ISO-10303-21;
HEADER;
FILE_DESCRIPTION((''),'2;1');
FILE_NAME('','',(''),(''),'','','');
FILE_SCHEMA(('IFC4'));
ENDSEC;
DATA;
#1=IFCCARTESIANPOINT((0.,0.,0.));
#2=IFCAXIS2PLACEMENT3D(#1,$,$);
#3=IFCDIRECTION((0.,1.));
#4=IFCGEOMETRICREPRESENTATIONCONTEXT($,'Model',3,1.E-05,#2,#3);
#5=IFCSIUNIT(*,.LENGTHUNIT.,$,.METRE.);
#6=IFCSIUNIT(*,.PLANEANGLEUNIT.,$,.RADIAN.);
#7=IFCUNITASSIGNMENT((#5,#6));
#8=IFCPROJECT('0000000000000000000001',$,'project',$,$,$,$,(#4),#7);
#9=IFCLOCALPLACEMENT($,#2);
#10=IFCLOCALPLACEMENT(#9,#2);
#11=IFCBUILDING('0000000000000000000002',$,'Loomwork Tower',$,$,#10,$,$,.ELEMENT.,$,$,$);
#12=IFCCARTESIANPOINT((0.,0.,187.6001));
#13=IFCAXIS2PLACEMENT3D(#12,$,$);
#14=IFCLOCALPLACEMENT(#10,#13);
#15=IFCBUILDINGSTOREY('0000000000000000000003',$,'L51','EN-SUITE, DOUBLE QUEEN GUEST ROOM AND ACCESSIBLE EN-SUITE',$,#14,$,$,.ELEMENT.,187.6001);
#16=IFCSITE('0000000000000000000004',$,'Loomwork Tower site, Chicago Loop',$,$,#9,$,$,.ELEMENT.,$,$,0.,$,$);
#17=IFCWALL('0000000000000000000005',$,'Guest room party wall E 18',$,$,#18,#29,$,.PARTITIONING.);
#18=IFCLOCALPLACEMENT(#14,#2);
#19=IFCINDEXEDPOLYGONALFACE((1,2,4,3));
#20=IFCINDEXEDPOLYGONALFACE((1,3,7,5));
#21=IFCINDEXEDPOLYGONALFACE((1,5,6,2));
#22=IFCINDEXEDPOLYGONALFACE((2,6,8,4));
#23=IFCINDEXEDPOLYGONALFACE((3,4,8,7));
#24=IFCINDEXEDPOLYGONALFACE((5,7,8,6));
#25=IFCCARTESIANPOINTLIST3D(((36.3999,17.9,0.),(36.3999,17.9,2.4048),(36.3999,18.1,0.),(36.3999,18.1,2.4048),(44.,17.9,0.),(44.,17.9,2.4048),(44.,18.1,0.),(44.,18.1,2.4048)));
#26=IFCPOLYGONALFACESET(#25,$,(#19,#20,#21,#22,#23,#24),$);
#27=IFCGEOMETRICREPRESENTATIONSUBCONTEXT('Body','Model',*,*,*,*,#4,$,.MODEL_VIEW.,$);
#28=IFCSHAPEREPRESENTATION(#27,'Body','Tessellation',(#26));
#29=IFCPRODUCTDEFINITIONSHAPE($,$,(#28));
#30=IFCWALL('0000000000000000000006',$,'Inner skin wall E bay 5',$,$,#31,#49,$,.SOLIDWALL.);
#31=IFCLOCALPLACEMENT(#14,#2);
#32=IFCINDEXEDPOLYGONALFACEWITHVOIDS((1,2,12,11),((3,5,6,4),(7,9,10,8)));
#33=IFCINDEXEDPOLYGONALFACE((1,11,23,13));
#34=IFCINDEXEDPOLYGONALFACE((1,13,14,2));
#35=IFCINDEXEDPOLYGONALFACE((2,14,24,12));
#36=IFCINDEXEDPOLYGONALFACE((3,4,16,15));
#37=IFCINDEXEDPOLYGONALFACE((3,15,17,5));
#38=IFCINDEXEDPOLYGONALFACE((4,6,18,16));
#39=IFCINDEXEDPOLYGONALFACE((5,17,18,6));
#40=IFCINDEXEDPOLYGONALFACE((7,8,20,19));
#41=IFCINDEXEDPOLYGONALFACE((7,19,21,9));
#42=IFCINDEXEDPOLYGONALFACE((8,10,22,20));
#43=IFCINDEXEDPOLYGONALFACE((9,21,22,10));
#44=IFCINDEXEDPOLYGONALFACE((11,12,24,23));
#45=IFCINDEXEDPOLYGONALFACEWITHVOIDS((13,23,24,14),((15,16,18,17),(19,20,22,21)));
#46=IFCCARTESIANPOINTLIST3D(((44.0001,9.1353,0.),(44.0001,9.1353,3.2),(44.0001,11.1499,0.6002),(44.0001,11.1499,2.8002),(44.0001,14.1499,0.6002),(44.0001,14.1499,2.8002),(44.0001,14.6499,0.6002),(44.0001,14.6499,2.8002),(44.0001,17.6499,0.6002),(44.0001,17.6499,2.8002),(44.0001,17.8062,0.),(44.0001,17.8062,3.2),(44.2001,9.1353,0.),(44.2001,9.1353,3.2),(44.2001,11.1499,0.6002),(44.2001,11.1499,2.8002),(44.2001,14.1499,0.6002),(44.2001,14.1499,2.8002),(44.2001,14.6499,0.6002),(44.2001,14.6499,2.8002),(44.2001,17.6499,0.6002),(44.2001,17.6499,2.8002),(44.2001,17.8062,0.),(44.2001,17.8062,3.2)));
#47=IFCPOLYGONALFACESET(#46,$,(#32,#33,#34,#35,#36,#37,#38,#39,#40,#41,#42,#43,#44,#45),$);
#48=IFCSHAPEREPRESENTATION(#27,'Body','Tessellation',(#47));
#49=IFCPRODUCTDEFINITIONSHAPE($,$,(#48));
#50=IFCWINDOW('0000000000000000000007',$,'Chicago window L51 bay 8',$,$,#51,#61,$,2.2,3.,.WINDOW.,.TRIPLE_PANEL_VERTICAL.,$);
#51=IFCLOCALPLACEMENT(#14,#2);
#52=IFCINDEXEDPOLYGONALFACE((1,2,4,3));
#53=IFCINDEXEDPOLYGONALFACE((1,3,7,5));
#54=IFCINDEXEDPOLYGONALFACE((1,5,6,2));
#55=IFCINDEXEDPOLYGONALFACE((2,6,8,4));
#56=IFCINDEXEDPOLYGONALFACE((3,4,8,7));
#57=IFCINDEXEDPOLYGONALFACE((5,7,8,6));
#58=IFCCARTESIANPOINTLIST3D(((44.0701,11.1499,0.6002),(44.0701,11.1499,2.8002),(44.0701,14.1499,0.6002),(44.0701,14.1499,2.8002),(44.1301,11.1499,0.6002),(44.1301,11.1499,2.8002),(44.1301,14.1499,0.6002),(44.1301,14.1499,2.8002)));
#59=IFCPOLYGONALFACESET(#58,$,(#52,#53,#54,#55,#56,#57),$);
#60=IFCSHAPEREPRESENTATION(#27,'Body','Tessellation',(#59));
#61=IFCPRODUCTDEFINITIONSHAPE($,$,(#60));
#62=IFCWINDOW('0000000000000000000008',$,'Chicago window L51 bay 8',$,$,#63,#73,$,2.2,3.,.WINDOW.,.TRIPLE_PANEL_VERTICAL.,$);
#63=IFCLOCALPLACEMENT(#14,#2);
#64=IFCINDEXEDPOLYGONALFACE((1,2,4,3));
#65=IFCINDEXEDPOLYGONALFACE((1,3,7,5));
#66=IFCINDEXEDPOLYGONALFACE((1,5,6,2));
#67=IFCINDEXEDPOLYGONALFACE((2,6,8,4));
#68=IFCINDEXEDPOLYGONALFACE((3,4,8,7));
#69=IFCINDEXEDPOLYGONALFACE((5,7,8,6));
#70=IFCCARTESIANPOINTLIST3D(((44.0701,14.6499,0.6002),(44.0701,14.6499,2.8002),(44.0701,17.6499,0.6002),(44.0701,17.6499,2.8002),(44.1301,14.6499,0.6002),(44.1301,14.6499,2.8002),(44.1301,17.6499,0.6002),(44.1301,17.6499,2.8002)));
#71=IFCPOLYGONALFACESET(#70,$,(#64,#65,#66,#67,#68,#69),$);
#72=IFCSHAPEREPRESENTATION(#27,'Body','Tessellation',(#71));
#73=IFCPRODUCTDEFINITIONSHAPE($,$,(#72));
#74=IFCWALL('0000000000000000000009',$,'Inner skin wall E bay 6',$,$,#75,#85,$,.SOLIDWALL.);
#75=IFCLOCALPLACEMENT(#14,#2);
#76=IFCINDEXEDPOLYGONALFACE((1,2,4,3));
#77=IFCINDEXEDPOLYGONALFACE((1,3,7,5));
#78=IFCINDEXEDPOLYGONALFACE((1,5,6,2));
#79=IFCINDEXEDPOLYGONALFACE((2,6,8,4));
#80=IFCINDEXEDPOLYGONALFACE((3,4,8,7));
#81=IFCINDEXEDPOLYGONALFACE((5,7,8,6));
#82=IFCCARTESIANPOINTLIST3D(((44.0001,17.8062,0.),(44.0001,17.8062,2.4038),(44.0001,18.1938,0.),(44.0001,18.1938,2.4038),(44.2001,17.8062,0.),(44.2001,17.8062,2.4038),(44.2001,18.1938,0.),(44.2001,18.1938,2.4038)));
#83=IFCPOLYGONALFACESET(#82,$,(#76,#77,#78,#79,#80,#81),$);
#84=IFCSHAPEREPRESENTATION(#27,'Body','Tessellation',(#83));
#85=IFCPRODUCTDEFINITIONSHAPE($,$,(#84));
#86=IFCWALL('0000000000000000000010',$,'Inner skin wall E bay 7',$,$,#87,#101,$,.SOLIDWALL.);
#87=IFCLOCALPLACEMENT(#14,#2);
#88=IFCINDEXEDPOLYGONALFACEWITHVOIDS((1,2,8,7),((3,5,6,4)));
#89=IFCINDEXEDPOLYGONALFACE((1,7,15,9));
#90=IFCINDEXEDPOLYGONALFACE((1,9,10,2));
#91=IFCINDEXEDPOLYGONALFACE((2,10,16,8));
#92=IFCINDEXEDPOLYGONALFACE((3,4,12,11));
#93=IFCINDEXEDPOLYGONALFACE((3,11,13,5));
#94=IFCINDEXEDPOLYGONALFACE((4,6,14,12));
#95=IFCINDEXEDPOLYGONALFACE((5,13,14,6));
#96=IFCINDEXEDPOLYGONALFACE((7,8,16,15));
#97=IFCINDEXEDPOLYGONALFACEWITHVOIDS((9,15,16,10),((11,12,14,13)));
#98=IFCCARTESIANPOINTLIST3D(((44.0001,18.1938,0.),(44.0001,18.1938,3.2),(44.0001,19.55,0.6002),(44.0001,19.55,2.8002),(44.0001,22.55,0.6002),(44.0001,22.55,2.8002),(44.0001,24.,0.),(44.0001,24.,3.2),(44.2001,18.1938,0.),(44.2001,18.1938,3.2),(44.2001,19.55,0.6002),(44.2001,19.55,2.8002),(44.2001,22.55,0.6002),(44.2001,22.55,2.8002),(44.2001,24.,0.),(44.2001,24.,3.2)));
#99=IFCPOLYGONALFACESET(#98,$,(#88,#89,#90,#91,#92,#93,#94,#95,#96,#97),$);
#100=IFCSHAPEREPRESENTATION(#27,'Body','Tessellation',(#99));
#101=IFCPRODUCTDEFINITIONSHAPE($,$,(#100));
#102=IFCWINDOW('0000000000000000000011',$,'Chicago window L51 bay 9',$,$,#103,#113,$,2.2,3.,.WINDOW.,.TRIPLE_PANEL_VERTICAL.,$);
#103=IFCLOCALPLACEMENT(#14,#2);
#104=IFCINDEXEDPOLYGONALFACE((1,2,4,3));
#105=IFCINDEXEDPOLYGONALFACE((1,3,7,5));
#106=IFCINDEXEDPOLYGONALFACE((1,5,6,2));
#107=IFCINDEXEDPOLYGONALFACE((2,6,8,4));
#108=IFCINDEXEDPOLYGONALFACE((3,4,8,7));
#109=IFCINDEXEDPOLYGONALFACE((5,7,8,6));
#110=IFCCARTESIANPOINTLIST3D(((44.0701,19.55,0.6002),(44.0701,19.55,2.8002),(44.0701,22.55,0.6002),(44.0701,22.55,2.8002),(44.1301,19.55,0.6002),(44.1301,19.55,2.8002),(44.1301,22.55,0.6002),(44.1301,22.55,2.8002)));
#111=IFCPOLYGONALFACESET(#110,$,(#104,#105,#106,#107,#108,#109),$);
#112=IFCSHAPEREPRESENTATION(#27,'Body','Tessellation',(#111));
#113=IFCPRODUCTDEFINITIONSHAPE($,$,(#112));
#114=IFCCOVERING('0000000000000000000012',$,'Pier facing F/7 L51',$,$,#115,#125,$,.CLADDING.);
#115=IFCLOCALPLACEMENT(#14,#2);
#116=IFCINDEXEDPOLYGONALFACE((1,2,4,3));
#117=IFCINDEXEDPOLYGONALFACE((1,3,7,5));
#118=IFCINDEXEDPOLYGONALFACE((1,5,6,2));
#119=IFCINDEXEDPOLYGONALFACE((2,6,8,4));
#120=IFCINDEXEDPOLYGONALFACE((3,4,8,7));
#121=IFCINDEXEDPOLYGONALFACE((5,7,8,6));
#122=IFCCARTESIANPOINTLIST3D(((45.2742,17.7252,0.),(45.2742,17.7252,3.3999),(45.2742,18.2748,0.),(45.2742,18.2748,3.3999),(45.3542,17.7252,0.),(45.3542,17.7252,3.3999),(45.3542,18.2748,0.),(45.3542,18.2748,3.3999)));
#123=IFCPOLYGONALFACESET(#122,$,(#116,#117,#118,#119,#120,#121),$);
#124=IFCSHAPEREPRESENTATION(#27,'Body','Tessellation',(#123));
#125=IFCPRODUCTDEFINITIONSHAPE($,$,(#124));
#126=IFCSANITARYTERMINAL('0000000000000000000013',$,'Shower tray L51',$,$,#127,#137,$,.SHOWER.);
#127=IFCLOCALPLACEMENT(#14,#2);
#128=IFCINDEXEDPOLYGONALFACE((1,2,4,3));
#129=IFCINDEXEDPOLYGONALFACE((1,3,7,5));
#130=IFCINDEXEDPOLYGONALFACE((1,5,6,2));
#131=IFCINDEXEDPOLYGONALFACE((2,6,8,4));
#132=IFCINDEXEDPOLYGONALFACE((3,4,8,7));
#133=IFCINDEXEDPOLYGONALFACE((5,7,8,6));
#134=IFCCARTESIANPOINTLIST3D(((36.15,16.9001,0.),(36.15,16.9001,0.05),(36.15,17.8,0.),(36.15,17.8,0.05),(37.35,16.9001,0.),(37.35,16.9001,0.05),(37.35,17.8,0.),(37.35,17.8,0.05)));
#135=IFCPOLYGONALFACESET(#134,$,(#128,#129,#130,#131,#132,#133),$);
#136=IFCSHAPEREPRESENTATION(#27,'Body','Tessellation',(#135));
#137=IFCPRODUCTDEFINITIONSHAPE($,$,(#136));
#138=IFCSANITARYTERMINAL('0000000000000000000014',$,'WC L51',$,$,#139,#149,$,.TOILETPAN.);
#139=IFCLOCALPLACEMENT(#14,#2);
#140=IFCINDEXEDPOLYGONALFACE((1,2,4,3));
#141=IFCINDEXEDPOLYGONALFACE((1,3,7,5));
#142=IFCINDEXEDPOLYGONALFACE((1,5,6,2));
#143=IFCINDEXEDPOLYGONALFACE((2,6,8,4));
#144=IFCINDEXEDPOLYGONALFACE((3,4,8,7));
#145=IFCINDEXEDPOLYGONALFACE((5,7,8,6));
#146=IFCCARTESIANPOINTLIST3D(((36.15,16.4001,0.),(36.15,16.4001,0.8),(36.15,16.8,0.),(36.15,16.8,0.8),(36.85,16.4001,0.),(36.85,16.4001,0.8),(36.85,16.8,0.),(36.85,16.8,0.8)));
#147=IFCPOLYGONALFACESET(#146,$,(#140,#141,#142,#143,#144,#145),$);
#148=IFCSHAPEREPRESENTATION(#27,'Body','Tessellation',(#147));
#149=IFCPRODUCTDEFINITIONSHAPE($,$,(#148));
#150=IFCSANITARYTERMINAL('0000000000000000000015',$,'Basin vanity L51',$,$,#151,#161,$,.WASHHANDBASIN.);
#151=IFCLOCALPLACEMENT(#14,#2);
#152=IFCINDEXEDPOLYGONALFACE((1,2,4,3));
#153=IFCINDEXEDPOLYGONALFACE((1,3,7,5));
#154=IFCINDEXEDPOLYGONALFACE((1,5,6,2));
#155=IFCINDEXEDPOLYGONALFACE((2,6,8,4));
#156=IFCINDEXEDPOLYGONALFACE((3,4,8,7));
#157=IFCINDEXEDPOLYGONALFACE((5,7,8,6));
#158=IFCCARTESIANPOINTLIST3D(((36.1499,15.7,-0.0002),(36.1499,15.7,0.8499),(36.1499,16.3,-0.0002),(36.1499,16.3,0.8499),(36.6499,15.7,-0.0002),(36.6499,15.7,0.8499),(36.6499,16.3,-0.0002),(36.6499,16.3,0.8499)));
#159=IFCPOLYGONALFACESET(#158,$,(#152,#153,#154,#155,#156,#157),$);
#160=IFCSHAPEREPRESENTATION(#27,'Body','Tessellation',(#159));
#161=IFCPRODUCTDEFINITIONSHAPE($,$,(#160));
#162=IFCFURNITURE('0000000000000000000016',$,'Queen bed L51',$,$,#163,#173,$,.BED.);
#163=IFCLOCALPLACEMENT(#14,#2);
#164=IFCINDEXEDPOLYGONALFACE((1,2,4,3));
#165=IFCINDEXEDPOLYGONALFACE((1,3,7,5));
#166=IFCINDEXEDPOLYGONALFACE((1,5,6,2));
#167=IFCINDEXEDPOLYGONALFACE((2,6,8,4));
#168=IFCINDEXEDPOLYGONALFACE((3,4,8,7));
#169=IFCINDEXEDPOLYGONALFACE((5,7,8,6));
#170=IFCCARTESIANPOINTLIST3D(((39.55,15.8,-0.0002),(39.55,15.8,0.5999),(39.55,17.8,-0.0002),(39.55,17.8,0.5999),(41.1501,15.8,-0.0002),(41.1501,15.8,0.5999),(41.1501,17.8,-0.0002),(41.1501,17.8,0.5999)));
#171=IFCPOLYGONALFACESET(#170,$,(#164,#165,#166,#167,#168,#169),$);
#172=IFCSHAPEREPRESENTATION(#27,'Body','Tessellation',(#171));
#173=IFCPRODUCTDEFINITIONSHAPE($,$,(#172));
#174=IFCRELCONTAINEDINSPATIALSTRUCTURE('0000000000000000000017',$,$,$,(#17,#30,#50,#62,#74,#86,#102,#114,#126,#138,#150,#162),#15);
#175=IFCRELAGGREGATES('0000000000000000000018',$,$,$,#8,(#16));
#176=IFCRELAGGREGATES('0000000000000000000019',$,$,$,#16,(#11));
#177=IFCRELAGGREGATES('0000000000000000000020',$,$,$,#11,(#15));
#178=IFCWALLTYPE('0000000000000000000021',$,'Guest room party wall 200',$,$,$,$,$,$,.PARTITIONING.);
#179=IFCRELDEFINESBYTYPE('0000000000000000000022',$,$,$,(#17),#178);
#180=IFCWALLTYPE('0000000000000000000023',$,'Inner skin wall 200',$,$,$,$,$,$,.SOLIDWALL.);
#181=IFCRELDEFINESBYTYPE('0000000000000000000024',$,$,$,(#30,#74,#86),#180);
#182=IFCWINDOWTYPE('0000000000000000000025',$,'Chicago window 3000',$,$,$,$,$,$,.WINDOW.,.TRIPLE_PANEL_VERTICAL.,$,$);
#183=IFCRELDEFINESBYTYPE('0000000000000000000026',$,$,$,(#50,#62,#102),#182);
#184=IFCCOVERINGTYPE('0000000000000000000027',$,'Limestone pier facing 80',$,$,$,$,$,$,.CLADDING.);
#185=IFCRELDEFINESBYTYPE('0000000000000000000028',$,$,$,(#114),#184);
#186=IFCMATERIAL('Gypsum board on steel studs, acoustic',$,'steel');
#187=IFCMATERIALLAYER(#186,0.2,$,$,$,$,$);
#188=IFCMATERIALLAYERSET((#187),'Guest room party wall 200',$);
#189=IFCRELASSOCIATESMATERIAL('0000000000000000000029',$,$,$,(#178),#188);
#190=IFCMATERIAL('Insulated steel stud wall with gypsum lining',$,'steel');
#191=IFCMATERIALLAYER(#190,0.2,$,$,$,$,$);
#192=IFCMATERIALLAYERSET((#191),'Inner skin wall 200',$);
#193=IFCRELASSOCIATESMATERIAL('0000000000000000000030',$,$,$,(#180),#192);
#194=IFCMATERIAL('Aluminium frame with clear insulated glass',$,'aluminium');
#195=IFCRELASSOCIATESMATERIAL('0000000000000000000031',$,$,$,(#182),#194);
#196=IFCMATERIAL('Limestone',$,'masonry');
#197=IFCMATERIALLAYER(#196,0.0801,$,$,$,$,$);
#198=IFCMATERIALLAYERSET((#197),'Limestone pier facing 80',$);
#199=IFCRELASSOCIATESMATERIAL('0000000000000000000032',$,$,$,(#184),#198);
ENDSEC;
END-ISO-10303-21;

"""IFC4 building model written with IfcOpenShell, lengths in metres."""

from ifc_helpers import new_model, si_unit, direction, frame, frame_2d, origin, origin_2d, place, context, subcontext, project, spatial, rectangle, extrude, material, layer, layer_set, type_object, element, fill, save


model = new_model("IFC4")

# Units and contexts
model_context = context("Model", 3, precision=1e-05, world=origin(), true_north=direction((0.0, 1.0)))
body_context = subcontext(model_context, "Body", "Model", "MODEL_VIEW")
ifc_project = project(units=[si_unit("LENGTHUNIT", "METRE"), si_unit("PLANEANGLEUNIT", "RADIAN")], contexts=[model_context])

# Site, building, storey
site_placement = place(None, origin())
site = spatial("IfcSite", under=ifc_project, at=site_placement, Name="Loomwork Tower site, Chicago Loop", CompositionType="ELEMENT", RefElevation=0.0)
building_placement = place(site_placement, origin())
building = spatial("IfcBuilding", under=site, at=building_placement, Name="Loomwork Tower", CompositionType="ELEMENT")
storey_placement = place(building_placement, frame((0.0, 0.0, 187.6001)))
storey = spatial("IfcBuildingStorey", under=building, at=storey_placement, Name="L51", Description="EN-SUITE, DOUBLE QUEEN GUEST ROOM AND ACCESSIBLE EN-SUITE", CompositionType="ELEMENT", Elevation=187.6001)

# Wall
ifc_material_1 = material(Name="Gypsum board on steel studs, acoustic", Category="steel")
ifc_layer_1 = layer(ifc_material_1, 0.2)
ifc_layer_set_1 = layer_set([ifc_layer_1], Name="Guest room party wall 200")
wall_type_1 = type_object("IfcWallType", Name="Guest room party wall 200", PredefinedType="PARTITIONING", material=ifc_layer_set_1)
wall_1_placement = place(storey_placement, frame((36.3999, 18.0, 0.0), z_axis=(0.0, 0.0, 1.0), x_axis=(1.0, 0.0, 0.0)))
element("IfcWall", 1, at=wall_1_placement, inside=storey, type_object=wall_type_1, Name="Guest room party wall E 18", PredefinedType="PARTITIONING", context=body_context, shape_type="SweptSolid", body=[
    extrude(rectangle(XDim=7.6001, YDim=0.2, at=frame_2d((3.8, 0.0))), origin(), (0.0, 0.0, 1.0), 2.4048),
])

# Wall, openings, windows
ifc_material_2 = material(Name="Insulated steel stud wall with gypsum lining", Category="steel")
ifc_layer_2 = layer(ifc_material_2, 0.2)
ifc_layer_set_2 = layer_set([ifc_layer_2], Name="Inner skin wall 200")
wall_type_2 = type_object("IfcWallType", Name="Inner skin wall 200", PredefinedType="SOLIDWALL", material=ifc_layer_set_2)
wall_2_placement = place(storey_placement, frame((44.1001, 9.1353, 0.0), z_axis=(0.0, 0.0, 1.0), x_axis=(0.0, 1.0, 0.0)))
wall_2 = element("IfcWall", 2, at=wall_2_placement, inside=storey, type_object=wall_type_2, Name="Inner skin wall E bay 5", PredefinedType="SOLIDWALL", context=body_context, shape_type="SweptSolid", body=[
    extrude(rectangle(XDim=8.6709, YDim=0.2, at=frame_2d((4.3354, 0.0))), origin(), (0.0, 0.0, 1.0), 3.2),
])
opening_1_placement = place(wall_2_placement, frame((2.0146, 0.0, 0.6001)))
opening_1 = element("IfcOpeningElement", 3, at=opening_1_placement, cuts=wall_2, PredefinedType="OPENING", context=body_context, shape_type="SweptSolid", body=[
    extrude(rectangle(XDim=3.0, YDim=2.2, at=frame_2d((1.5, 1.1001))), frame((0.0, 0.1099, 0.0), z_axis=(0.0, -1.0, 0.0), x_axis=(1.0, 0.0, 0.0)), (0.0, 0.0, 1.0), 0.22),
])
opening_2_placement = place(wall_2_placement, frame((5.5146, 0.0, 0.6001)))
opening_2 = element("IfcOpeningElement", 4, at=opening_2_placement, cuts=wall_2, PredefinedType="OPENING", context=body_context, shape_type="SweptSolid", body=[
    extrude(rectangle(XDim=3.0, YDim=2.2, at=frame_2d((1.5, 1.1001))), frame((0.0, 0.1099, 0.0), z_axis=(0.0, -1.0, 0.0), x_axis=(1.0, 0.0, 0.0)), (0.0, 0.0, 1.0), 0.22),
])
ifc_material_3 = material(Name="Aluminium frame with clear insulated glass", Category="aluminium")
window_type = type_object("IfcWindowType", Name="Chicago window 3000", PartitioningType="TRIPLE_PANEL_VERTICAL", PredefinedType="WINDOW", material=ifc_material_3)
window_1_placement = place(opening_1_placement, origin())
window_1 = element("IfcWindow", 5, at=window_1_placement, inside=storey, type_object=window_type, Name="Chicago window L51 bay 8", OverallHeight=2.2, OverallWidth=3.0, PartitioningType="TRIPLE_PANEL_VERTICAL", PredefinedType="WINDOW", context=body_context, shape_type="SweptSolid", body=[
    extrude(rectangle(XDim=3.0, YDim=2.2, at=frame_2d((1.5, 1.1001))), frame((0.0, 0.03, 0.0), z_axis=(0.0, -1.0, 0.0), x_axis=(1.0, 0.0, 0.0)), (0.0, 0.0, 1.0), 0.0601),
])
fill(opening_1, window_1)
window_2_placement = place(opening_2_placement, origin())
window_2 = element("IfcWindow", 6, at=window_2_placement, inside=storey, type_object=window_type, Name="Chicago window L51 bay 8", OverallHeight=2.2, OverallWidth=3.0, PartitioningType="TRIPLE_PANEL_VERTICAL", PredefinedType="WINDOW", context=body_context, shape_type="SweptSolid", body=[
    extrude(rectangle(XDim=3.0, YDim=2.2, at=frame_2d((1.5, 1.1001))), frame((0.0, 0.03, 0.0), z_axis=(0.0, -1.0, 0.0), x_axis=(1.0, 0.0, 0.0)), (0.0, 0.0, 1.0), 0.0601),
])
fill(opening_2, window_2)

# Wall
wall_3_placement = place(storey_placement, frame((44.1001, 17.8062, 0.0), z_axis=(0.0, 0.0, 1.0), x_axis=(0.0, 1.0, 0.0)))
element("IfcWall", 7, at=wall_3_placement, inside=storey, type_object=wall_type_2, Name="Inner skin wall E bay 6", PredefinedType="SOLIDWALL", context=body_context, shape_type="SweptSolid", body=[
    extrude(rectangle(XDim=0.3877, YDim=0.2, at=frame_2d((0.1938, 0.0))), origin(), (0.0, 0.0, 1.0), 2.4038),
])

# Wall, opening, window
wall_4_placement = place(storey_placement, frame((44.1001, 18.1938, 0.0), z_axis=(0.0, 0.0, 1.0), x_axis=(0.0, 1.0, 0.0)))
wall_4 = element("IfcWall", 8, at=wall_4_placement, inside=storey, type_object=wall_type_2, Name="Inner skin wall E bay 7", PredefinedType="SOLIDWALL", context=body_context, shape_type="SweptSolid", body=[
    extrude(rectangle(XDim=5.8062, YDim=0.2, at=frame_2d((2.9031, 0.0))), origin(), (0.0, 0.0, 1.0), 3.2),
])
opening_3_placement = place(wall_4_placement, frame((1.3562, 0.0, 0.6001)))
opening_3 = element("IfcOpeningElement", 9, at=opening_3_placement, cuts=wall_4, PredefinedType="OPENING", context=body_context, shape_type="SweptSolid", body=[
    extrude(rectangle(XDim=3.0, YDim=2.2, at=frame_2d((1.5, 1.1001))), frame((0.0, 0.1099, 0.0), z_axis=(0.0, -1.0, 0.0), x_axis=(1.0, 0.0, 0.0)), (0.0, 0.0, 1.0), 0.22),
])
window_3_placement = place(opening_3_placement, origin())
window_3 = element("IfcWindow", 10, at=window_3_placement, inside=storey, type_object=window_type, Name="Chicago window L51 bay 9", OverallHeight=2.2, OverallWidth=3.0, PartitioningType="TRIPLE_PANEL_VERTICAL", PredefinedType="WINDOW", context=body_context, shape_type="SweptSolid", body=[
    extrude(rectangle(XDim=3.0, YDim=2.2, at=frame_2d((1.5, 1.1001))), frame((0.0, 0.03, 0.0), z_axis=(0.0, -1.0, 0.0), x_axis=(1.0, 0.0, 0.0)), (0.0, 0.0, 1.0), 0.0601),
])
fill(opening_3, window_3)

# Covering
ifc_material_4 = material(Name="Limestone", Category="masonry")
ifc_layer_3 = layer(ifc_material_4, 0.0801)
ifc_layer_set_3 = layer_set([ifc_layer_3], Name="Limestone pier facing 80")
covering_type = type_object("IfcCoveringType", Name="Limestone pier facing 80", PredefinedType="CLADDING", material=ifc_layer_set_3)
covering_placement = place(storey_placement, frame((45.3142, 18.0, 0.0), z_axis=(0.0, 0.0, 1.0), x_axis=(1.0, 0.0, 0.0)))
element("IfcCovering", 11, at=covering_placement, inside=storey, type_object=covering_type, Name="Pier facing F/7 L51", PredefinedType="CLADDING", context=body_context, shape_type="SweptSolid", body=[
    extrude(rectangle(XDim=0.0801, YDim=0.5496, at=origin_2d()), origin(), (0.0, 0.0, 1.0), 3.3999),
])

# Sanitary terminals
sanitary_terminal_1_placement = place(storey_placement, frame((36.75, 17.3501, 0.0), z_axis=(0.0, 0.0, 1.0), x_axis=(1.0, 0.0, 0.0)))
element("IfcSanitaryTerminal", 12, at=sanitary_terminal_1_placement, inside=storey, Name="Shower tray L51", PredefinedType="SHOWER", context=body_context, shape_type="SweptSolid", body=[
    extrude(rectangle(XDim=1.2, YDim=0.8999, at=origin_2d()), origin(), (0.0, 0.0, 1.0), 0.05),
])
sanitary_terminal_2_placement = place(storey_placement, frame((36.5, 16.6001, 0.0), z_axis=(0.0, 0.0, 1.0), x_axis=(1.0, 0.0, 0.0)))
element("IfcSanitaryTerminal", 13, at=sanitary_terminal_2_placement, inside=storey, Name="WC L51", PredefinedType="TOILETPAN", context=body_context, shape_type="SweptSolid", body=[
    extrude(rectangle(XDim=0.7, YDim=0.3999, at=origin_2d()), origin(), (0.0, 0.0, 1.0), 0.8),
])
sanitary_terminal_3_placement = place(storey_placement, frame((36.3999, 16.0, -0.0002), z_axis=(0.0, 0.0, 1.0), x_axis=(1.0, 0.0, 0.0)))
element("IfcSanitaryTerminal", 14, at=sanitary_terminal_3_placement, inside=storey, Name="Basin vanity L51", PredefinedType="WASHHANDBASIN", context=body_context, shape_type="SweptSolid", body=[
    extrude(rectangle(XDim=0.5, YDim=0.6001, at=origin_2d()), origin(), (0.0, 0.0, 1.0), 0.8501),
])

# Furniture
for number, where, z_axis, x_axis, name in (
    (15, (40.3501, 16.8, -0.0002), (0.0, 0.0, 1.0), (1.0, 0.0, 0.0), "Queen bed L51"),
):
    element("IfcFurniture", number, at=place(storey_placement, frame(where, z_axis=z_axis, x_axis=x_axis)), inside=storey, Name=name, PredefinedType="BED", context=body_context, shape_type="SweptSolid", body=[
        extrude(rectangle(XDim=1.6001, YDim=2.0, at=origin_2d()), origin(), (0.0, 0.0, 1.0), 0.6001),
    ])

save(model, "model.ifc")
